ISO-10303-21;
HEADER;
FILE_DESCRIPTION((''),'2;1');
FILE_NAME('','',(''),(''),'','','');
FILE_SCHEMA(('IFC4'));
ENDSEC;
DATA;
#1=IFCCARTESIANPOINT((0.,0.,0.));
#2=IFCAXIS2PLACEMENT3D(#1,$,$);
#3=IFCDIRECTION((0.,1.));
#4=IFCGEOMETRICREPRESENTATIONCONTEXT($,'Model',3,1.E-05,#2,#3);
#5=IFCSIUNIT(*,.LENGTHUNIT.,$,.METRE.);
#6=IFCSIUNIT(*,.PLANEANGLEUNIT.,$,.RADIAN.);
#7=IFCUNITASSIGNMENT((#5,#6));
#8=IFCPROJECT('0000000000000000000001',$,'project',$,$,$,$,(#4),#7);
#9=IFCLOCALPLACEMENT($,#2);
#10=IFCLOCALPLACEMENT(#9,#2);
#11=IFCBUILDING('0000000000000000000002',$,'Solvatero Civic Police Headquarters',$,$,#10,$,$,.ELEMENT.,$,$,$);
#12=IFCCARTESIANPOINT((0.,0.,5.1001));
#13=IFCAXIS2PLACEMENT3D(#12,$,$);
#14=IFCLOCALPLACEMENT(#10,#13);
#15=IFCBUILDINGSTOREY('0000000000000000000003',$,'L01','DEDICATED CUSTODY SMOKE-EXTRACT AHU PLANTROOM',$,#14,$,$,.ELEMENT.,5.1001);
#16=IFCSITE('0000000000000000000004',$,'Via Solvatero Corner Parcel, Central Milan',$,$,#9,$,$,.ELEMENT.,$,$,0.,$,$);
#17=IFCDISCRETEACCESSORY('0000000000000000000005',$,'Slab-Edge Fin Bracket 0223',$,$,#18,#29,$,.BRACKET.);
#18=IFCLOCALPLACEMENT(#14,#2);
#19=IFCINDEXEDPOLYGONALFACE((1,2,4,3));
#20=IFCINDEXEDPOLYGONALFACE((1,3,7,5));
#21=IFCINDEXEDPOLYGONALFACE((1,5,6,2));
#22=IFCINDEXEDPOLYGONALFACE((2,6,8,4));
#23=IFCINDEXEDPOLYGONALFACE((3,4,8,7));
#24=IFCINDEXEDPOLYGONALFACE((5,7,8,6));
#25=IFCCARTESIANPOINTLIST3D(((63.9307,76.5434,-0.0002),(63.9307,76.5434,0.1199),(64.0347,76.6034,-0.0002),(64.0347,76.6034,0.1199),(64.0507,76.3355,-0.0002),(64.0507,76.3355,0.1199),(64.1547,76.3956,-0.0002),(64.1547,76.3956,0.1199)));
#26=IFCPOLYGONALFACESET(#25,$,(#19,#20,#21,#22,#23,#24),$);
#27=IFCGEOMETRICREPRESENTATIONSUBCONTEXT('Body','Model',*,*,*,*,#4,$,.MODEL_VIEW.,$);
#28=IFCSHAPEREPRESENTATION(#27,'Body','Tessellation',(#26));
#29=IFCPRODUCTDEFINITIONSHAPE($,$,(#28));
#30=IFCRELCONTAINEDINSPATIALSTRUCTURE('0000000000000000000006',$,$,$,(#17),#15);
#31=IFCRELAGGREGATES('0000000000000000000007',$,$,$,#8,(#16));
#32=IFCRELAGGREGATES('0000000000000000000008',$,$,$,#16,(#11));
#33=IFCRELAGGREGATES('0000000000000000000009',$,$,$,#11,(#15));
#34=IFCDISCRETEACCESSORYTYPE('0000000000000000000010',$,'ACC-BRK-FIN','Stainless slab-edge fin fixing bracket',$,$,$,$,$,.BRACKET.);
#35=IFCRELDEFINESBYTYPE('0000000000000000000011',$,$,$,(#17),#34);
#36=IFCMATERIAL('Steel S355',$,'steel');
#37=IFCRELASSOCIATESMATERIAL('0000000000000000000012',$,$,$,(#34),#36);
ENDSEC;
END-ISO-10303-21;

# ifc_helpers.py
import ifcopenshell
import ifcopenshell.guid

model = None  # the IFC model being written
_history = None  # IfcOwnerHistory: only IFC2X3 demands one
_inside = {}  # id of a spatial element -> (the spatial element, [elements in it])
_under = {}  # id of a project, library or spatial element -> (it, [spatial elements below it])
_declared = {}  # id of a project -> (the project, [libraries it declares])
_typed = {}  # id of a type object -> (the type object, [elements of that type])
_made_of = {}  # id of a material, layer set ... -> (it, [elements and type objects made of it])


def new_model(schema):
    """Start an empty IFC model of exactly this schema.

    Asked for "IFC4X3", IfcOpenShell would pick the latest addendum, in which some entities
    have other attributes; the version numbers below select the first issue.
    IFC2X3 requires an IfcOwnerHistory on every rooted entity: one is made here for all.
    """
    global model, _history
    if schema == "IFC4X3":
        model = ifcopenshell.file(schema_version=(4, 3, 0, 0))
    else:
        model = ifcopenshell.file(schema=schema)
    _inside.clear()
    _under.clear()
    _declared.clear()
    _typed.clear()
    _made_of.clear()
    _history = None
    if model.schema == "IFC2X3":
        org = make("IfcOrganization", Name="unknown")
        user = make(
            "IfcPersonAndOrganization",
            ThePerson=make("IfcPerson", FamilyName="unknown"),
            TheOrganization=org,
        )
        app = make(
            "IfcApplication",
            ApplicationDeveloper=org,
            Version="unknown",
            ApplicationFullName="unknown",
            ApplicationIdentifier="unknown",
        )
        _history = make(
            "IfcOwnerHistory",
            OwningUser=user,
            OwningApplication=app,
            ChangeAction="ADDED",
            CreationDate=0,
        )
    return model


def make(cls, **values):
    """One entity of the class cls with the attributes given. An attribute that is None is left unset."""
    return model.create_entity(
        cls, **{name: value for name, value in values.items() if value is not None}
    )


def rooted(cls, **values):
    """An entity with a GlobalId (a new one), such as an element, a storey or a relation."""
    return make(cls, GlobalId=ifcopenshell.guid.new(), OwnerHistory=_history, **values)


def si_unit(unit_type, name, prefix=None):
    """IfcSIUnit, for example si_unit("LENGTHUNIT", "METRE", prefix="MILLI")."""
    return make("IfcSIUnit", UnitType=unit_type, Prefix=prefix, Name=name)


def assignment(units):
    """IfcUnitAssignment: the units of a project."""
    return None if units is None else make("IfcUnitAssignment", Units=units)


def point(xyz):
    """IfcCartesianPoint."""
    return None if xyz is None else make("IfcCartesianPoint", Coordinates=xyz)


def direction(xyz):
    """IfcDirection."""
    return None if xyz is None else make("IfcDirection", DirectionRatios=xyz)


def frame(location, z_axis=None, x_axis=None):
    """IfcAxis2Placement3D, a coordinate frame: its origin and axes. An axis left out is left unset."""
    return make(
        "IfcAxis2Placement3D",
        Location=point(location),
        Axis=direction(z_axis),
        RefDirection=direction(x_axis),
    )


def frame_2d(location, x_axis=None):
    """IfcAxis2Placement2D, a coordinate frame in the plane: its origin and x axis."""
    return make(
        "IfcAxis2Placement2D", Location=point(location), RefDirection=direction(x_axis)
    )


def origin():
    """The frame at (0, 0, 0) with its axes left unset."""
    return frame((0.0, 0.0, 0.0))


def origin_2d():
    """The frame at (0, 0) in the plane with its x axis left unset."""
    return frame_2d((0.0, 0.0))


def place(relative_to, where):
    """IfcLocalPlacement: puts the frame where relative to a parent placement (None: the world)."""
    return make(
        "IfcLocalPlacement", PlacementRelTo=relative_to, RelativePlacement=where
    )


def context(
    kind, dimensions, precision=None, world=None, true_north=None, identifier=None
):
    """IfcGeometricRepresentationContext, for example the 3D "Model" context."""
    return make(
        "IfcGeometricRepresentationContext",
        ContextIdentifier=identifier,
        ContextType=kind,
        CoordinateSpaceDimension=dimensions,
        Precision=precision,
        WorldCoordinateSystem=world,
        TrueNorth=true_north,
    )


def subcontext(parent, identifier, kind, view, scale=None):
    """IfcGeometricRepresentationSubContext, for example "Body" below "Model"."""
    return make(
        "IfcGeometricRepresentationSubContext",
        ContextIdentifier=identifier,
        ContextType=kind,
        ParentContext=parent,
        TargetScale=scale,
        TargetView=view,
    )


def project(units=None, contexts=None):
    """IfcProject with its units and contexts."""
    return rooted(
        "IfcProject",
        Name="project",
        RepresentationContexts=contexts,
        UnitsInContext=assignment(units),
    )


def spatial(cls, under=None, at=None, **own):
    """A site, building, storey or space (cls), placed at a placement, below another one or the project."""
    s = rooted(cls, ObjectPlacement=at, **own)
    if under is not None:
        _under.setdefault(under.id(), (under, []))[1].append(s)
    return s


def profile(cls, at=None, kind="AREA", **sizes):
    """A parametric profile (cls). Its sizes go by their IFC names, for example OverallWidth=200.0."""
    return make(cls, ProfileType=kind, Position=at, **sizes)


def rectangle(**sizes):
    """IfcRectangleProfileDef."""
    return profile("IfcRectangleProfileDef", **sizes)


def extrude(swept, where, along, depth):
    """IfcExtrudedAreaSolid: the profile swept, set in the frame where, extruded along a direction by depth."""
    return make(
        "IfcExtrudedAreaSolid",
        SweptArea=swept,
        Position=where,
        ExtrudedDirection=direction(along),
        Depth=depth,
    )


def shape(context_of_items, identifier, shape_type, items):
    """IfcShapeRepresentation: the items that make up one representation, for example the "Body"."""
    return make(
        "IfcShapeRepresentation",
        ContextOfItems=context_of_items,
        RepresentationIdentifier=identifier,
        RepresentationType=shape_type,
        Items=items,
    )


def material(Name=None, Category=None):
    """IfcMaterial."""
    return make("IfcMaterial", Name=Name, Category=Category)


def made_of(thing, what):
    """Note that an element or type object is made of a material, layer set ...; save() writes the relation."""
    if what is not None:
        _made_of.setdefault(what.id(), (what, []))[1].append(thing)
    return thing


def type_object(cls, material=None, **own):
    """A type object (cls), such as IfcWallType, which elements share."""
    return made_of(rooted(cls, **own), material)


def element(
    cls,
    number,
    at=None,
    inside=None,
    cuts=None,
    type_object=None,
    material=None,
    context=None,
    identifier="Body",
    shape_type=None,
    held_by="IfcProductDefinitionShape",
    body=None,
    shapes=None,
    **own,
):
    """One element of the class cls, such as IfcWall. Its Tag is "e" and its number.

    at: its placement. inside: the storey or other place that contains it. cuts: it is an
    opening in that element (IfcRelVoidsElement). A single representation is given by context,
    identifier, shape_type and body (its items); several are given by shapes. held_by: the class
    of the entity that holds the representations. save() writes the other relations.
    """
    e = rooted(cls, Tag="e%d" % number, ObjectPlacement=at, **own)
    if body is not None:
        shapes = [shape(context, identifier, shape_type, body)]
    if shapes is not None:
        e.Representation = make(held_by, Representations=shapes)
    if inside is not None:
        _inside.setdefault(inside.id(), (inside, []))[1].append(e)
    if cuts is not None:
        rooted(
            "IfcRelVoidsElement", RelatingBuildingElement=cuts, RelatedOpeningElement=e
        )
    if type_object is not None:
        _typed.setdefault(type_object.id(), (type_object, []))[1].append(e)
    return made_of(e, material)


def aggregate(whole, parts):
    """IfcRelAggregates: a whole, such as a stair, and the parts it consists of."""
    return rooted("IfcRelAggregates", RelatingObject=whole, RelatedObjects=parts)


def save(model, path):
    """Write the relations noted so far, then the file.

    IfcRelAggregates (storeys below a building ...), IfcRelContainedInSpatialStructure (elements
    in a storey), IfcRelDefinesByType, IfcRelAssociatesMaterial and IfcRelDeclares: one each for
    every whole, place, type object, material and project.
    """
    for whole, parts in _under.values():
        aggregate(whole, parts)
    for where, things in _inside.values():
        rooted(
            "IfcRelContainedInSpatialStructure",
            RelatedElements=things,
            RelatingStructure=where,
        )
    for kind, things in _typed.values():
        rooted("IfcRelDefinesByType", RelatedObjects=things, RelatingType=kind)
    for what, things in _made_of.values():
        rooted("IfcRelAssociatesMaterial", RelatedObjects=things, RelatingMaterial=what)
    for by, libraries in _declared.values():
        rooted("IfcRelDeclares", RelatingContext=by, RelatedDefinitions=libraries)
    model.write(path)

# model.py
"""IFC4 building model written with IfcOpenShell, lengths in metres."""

from ifc_helpers import new_model, si_unit, direction, frame, origin, origin_2d, place, context, subcontext, project, spatial, rectangle, extrude, material, type_object, element, save


model = new_model("IFC4")

# Units and contexts
model_context = context("Model", 3, precision=1e-05, world=origin(), true_north=direction((0.0, 1.0)))
body_context = subcontext(model_context, "Body", "Model", "MODEL_VIEW")
ifc_project = project(units=[si_unit("LENGTHUNIT", "METRE"), si_unit("PLANEANGLEUNIT", "RADIAN")], contexts=[model_context])

# Site, building, storey
site_placement = place(None, origin())
site = spatial("IfcSite", under=ifc_project, at=site_placement, Name="Via Solvatero Corner Parcel, Central Milan", CompositionType="ELEMENT", RefElevation=0.0)
building_placement = place(site_placement, origin())
building = spatial("IfcBuilding", under=site, at=building_placement, Name="Solvatero Civic Police Headquarters", CompositionType="ELEMENT")
storey_placement = place(building_placement, frame((0.0, 0.0, 5.1001)))
storey = spatial("IfcBuildingStorey", under=building, at=storey_placement, Name="L01", Description="DEDICATED CUSTODY SMOKE-EXTRACT AHU PLANTROOM", CompositionType="ELEMENT", Elevation=5.1001)

# Shared definitions
ifc_material_1 = material(Name="Steel S355", Category="steel")

# Discrete accessory
discrete_accessory_type = type_object("IfcDiscreteAccessoryType", Name="ACC-BRK-FIN", Description="Stainless slab-edge fin fixing bracket", PredefinedType="BRACKET", material=ifc_material_1)
for number, where, z_axis, x_axis, name in (
    (1, (64.0427, 76.4695, -0.0002), (0.0, 0.0, 1.0), (-0.866025, -0.5, 0.0), "Slab-Edge Fin Bracket 0223"),
):
    element("IfcDiscreteAccessory", number, at=place(storey_placement, frame(where, z_axis=z_axis, x_axis=x_axis)), inside=storey, type_object=discrete_accessory_type, Name=name, PredefinedType="BRACKET", context=body_context, shape_type="SweptSolid", body=[
        extrude(rectangle(XDim=0.1201, YDim=0.24, at=origin_2d()), origin(), (0.0, 0.0, 1.0), 0.1201),
    ])

save(model, "model.ifc")
